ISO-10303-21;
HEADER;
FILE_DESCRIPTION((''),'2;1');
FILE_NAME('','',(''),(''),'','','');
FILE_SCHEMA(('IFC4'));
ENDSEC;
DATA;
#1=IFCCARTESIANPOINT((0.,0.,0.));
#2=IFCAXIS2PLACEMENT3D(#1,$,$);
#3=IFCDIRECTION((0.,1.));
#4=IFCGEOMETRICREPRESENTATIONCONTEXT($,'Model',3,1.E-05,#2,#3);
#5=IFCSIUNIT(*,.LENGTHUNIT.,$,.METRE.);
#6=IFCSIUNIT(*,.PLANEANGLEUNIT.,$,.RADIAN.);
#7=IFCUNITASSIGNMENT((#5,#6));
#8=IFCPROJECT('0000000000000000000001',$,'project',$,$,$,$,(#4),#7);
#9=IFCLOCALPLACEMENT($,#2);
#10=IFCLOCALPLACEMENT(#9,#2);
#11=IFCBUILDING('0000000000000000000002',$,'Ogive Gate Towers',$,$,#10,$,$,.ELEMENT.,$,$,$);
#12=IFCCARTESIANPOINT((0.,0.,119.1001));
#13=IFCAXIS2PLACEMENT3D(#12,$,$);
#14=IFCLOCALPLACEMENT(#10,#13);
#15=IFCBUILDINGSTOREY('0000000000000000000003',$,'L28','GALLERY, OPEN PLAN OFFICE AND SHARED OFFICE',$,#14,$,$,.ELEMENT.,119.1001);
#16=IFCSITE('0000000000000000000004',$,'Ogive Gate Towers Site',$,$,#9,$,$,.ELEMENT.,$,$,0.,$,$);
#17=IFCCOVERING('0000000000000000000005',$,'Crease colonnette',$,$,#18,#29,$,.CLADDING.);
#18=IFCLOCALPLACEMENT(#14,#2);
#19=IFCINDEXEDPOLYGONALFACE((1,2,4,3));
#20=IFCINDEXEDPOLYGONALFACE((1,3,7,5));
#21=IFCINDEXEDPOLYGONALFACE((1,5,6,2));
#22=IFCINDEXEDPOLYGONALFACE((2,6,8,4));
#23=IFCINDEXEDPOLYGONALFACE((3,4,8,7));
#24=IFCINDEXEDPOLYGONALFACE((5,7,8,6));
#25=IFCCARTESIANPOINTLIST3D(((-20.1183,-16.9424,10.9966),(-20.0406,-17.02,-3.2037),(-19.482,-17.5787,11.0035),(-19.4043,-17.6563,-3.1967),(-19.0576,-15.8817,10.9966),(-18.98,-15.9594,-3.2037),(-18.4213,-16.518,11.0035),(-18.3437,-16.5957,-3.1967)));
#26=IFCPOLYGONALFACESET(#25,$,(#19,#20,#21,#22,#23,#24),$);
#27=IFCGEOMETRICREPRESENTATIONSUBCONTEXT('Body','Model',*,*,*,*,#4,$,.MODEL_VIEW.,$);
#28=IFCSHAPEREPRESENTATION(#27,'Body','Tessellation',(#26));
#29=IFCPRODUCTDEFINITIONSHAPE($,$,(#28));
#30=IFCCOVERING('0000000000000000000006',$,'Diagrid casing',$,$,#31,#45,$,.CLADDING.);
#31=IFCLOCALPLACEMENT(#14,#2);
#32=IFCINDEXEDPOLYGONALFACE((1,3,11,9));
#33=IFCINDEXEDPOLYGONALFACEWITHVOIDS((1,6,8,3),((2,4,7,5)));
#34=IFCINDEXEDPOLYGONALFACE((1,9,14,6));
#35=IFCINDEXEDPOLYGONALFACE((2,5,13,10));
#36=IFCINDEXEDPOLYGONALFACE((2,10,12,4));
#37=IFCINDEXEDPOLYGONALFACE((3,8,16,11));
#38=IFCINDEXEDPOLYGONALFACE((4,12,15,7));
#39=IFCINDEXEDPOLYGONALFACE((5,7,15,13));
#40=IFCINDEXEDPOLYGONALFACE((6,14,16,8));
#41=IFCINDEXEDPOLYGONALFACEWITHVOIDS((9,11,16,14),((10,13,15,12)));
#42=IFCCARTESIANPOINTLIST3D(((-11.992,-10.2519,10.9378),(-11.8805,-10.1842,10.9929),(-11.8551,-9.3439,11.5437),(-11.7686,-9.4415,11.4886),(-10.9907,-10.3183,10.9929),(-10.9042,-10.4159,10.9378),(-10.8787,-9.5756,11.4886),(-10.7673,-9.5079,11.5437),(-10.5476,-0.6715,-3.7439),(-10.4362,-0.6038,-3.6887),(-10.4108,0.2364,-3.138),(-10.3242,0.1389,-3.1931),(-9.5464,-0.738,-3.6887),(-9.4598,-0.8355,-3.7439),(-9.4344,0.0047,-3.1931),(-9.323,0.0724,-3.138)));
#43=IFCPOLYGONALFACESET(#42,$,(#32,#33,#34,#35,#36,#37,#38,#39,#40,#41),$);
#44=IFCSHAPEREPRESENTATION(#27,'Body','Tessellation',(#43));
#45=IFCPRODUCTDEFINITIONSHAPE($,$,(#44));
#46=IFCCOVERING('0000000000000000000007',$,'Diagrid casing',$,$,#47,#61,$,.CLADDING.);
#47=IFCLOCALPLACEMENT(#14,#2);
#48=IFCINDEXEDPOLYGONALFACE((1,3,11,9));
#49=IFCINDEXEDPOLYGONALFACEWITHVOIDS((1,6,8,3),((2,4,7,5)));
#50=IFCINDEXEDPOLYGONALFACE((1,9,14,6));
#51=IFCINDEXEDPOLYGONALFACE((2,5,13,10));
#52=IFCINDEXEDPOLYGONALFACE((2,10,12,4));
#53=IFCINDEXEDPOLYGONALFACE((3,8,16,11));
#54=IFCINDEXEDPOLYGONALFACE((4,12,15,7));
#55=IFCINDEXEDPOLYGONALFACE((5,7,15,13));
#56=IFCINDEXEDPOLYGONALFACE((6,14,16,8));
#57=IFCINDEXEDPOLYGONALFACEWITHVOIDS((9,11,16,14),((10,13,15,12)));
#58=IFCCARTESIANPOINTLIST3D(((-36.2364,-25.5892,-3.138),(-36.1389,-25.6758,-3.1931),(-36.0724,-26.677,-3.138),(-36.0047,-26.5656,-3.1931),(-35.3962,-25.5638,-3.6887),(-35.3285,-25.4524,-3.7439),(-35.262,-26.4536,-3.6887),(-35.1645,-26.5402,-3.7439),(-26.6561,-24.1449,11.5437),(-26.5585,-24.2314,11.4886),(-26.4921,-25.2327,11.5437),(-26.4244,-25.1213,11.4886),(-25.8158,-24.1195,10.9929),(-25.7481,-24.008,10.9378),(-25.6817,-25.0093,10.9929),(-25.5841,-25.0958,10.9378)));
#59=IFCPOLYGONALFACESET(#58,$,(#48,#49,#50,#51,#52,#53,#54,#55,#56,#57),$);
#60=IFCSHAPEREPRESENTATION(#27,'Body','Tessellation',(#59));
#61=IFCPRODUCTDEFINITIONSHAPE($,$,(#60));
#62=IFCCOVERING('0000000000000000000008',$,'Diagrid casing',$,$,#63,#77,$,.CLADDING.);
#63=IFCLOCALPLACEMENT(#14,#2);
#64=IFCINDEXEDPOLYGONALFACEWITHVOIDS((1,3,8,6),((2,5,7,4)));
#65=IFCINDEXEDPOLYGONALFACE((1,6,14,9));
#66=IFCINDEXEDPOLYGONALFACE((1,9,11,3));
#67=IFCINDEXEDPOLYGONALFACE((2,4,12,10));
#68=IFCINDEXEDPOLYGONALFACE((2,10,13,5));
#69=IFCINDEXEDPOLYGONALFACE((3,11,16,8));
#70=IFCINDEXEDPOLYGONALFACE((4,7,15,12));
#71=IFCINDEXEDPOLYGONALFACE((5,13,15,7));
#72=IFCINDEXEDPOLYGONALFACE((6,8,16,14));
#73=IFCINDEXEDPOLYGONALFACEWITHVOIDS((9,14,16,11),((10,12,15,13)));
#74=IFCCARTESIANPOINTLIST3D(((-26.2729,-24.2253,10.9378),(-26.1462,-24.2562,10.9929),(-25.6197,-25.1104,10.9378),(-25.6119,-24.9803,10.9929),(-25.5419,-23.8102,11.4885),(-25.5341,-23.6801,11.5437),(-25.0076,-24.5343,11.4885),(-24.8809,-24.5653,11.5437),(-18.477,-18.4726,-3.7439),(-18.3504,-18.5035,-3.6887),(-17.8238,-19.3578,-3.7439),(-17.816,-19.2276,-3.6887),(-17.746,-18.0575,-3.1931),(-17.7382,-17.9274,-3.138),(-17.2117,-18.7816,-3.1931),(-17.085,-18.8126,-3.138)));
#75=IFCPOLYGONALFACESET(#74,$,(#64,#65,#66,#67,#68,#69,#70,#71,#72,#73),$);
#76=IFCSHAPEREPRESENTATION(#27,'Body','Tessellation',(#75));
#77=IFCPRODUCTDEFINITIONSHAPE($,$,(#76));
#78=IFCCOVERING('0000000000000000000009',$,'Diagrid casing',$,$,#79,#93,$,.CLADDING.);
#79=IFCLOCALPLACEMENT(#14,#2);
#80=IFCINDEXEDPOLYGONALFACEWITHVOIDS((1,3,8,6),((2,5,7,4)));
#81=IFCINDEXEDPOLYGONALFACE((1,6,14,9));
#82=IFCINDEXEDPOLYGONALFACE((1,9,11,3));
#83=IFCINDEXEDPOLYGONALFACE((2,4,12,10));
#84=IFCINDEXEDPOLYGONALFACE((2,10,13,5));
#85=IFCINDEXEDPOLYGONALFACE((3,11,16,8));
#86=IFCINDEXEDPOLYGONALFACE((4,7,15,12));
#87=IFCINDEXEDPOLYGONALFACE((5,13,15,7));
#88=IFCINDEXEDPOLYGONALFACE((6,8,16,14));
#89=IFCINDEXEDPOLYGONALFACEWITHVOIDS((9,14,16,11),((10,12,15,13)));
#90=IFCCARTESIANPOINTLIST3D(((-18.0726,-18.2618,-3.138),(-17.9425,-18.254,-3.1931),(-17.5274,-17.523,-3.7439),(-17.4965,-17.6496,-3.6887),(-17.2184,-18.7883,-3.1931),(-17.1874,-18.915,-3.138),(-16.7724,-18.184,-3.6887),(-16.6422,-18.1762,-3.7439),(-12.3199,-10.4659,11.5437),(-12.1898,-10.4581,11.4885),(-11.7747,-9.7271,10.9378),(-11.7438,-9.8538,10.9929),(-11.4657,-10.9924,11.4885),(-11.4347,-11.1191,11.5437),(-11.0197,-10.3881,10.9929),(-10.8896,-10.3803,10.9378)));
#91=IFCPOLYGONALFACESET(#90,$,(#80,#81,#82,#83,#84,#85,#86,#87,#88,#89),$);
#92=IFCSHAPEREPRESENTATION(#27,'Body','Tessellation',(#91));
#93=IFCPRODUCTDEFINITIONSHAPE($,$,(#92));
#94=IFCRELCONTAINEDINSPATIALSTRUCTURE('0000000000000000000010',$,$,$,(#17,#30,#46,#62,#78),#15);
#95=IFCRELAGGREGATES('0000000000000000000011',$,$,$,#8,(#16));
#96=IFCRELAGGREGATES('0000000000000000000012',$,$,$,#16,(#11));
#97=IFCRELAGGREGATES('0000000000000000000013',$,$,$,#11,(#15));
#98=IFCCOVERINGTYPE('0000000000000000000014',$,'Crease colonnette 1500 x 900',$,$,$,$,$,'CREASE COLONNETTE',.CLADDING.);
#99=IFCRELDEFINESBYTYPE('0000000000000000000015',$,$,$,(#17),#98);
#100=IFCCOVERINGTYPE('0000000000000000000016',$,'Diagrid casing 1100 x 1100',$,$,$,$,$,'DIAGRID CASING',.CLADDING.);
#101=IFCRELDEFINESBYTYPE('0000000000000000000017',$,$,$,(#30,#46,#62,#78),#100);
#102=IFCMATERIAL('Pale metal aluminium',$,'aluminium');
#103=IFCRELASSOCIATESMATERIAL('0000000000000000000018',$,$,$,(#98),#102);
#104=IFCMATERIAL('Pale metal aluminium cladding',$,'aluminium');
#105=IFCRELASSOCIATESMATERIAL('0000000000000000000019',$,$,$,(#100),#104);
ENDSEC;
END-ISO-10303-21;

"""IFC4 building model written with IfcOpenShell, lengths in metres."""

from ifc_helpers import new_model, si_unit, direction, frame, origin, origin_2d, place, context, subcontext, project, spatial, rectangle, hollow_rectangle, extrude, material, material_profile, profile_set, type_object, element, save


model = new_model("IFC4")

# Units and contexts
model_context = context("Model", 3, precision=1e-05, world=origin(), true_north=direction((0.0, 1.0)))
body_context = subcontext(model_context, "Body", "Model", "MODEL_VIEW")
ifc_project = project(units=[si_unit("LENGTHUNIT", "METRE"), si_unit("PLANEANGLEUNIT", "RADIAN")], contexts=[model_context])

# Site, building, storey
site_placement = place(None, origin())
site = spatial("IfcSite", under=ifc_project, at=site_placement, Name="Ogive Gate Towers Site", CompositionType="ELEMENT", RefElevation=0.0)
building_placement = place(site_placement, origin())
building = spatial("IfcBuilding", under=site, at=building_placement, Name="Ogive Gate Towers", CompositionType="ELEMENT")
storey_placement = place(building_placement, frame((0.0, 0.0, 119.1001)))
storey = spatial("IfcBuildingStorey", under=building, at=storey_placement, Name="L28", Description="GALLERY, OPEN PLAN OFFICE AND SHARED OFFICE", CompositionType="ELEMENT", Elevation=119.1001)

# Coverings
ifc_material_1 = material(Name="Pale metal aluminium", Category="aluminium")
ifc_material_profile_1 = material_profile(ifc_material_1, rectangle(XDim=1.5, YDim=0.8999, at=origin_2d()), Name="1500 x 900 pale metal aluminium")
ifc_profile_set_1 = profile_set([ifc_material_profile_1], Name="Pale metal aluminium")
covering_type_1 = type_object("IfcCoveringType", Name="Crease colonnette 1500 x 900", ElementType="CREASE COLONNETTE", PredefinedType="CLADDING", material=ifc_profile_set_1)
for number, where, z_axis, x_axis, name in (
    (1, (-19.1921, -16.8079, -3.2002), (-0.005467, 0.005467, 0.99997), (-0.707107, -0.707107, 0.0), "Crease colonnette"),
):
    element("IfcCovering", number, at=place(storey_placement, frame(where, z_axis=z_axis, x_axis=x_axis)), inside=storey, type_object=covering_type_1, Name=name, PredefinedType="CLADDING", context=body_context, shape_type="SweptSolid", body=[
        extrude(rectangle(XDim=1.5, YDim=0.8999, at=origin_2d()), origin(), (0.0, 0.0, 1.0), 14.2007),
    ])
ifc_material_2 = material(Name="Pale metal aluminium cladding", Category="aluminium")
ifc_material_profile_2 = material_profile(ifc_material_2, hollow_rectangle(XDim=1.1001, YDim=1.1001, WallThickness=0.1001, at=origin_2d()), Name="1100 x 1100 pale metal casing")
ifc_profile_set_2 = profile_set([ifc_material_profile_2], Name="Pale metal aluminium cladding")
covering_type_2 = type_object("IfcCoveringType", Name="Diagrid casing 1100 x 1100", ElementType="DIAGRID CASING", PredefinedType="CLADDING", material=ifc_profile_set_2)
for number, where, z_axis, x_axis, name in (
    (2, (-9.9353, -0.2996, -3.4409), (-0.08211, -0.544636, 0.834643), (0.988826, -0.149076, 0.0), "Diagrid casing"),
    (3, (-35.7004, -26.0647, -3.4409), (0.544636, 0.08211, 0.834643), (-0.149076, 0.988826, 0.0), "Diagrid casing"),
    (4, (-17.781, -18.6426, -3.4409), (-0.443192, -0.327037, 0.834642), (0.593757, -0.804645, 0.0), "Diagrid casing"),
    (5, (-17.3574, -18.219, -3.4409), (0.327037, 0.443192, 0.834642), (-0.804645, 0.593757, 0.0), "Diagrid casing"),
):
    element("IfcCovering", number, at=place(storey_placement, frame(where, z_axis=z_axis, x_axis=x_axis)), inside=storey, type_object=covering_type_2, Name=name, PredefinedType="CLADDING", context=body_context, shape_type="SweptSolid", body=[
        extrude(hollow_rectangle(XDim=1.1001, YDim=1.1001, WallThickness=0.1001, at=origin_2d()), origin(), (0.0, 0.0, 1.0), 17.5903),
    ])

save(model, "model.ifc")
